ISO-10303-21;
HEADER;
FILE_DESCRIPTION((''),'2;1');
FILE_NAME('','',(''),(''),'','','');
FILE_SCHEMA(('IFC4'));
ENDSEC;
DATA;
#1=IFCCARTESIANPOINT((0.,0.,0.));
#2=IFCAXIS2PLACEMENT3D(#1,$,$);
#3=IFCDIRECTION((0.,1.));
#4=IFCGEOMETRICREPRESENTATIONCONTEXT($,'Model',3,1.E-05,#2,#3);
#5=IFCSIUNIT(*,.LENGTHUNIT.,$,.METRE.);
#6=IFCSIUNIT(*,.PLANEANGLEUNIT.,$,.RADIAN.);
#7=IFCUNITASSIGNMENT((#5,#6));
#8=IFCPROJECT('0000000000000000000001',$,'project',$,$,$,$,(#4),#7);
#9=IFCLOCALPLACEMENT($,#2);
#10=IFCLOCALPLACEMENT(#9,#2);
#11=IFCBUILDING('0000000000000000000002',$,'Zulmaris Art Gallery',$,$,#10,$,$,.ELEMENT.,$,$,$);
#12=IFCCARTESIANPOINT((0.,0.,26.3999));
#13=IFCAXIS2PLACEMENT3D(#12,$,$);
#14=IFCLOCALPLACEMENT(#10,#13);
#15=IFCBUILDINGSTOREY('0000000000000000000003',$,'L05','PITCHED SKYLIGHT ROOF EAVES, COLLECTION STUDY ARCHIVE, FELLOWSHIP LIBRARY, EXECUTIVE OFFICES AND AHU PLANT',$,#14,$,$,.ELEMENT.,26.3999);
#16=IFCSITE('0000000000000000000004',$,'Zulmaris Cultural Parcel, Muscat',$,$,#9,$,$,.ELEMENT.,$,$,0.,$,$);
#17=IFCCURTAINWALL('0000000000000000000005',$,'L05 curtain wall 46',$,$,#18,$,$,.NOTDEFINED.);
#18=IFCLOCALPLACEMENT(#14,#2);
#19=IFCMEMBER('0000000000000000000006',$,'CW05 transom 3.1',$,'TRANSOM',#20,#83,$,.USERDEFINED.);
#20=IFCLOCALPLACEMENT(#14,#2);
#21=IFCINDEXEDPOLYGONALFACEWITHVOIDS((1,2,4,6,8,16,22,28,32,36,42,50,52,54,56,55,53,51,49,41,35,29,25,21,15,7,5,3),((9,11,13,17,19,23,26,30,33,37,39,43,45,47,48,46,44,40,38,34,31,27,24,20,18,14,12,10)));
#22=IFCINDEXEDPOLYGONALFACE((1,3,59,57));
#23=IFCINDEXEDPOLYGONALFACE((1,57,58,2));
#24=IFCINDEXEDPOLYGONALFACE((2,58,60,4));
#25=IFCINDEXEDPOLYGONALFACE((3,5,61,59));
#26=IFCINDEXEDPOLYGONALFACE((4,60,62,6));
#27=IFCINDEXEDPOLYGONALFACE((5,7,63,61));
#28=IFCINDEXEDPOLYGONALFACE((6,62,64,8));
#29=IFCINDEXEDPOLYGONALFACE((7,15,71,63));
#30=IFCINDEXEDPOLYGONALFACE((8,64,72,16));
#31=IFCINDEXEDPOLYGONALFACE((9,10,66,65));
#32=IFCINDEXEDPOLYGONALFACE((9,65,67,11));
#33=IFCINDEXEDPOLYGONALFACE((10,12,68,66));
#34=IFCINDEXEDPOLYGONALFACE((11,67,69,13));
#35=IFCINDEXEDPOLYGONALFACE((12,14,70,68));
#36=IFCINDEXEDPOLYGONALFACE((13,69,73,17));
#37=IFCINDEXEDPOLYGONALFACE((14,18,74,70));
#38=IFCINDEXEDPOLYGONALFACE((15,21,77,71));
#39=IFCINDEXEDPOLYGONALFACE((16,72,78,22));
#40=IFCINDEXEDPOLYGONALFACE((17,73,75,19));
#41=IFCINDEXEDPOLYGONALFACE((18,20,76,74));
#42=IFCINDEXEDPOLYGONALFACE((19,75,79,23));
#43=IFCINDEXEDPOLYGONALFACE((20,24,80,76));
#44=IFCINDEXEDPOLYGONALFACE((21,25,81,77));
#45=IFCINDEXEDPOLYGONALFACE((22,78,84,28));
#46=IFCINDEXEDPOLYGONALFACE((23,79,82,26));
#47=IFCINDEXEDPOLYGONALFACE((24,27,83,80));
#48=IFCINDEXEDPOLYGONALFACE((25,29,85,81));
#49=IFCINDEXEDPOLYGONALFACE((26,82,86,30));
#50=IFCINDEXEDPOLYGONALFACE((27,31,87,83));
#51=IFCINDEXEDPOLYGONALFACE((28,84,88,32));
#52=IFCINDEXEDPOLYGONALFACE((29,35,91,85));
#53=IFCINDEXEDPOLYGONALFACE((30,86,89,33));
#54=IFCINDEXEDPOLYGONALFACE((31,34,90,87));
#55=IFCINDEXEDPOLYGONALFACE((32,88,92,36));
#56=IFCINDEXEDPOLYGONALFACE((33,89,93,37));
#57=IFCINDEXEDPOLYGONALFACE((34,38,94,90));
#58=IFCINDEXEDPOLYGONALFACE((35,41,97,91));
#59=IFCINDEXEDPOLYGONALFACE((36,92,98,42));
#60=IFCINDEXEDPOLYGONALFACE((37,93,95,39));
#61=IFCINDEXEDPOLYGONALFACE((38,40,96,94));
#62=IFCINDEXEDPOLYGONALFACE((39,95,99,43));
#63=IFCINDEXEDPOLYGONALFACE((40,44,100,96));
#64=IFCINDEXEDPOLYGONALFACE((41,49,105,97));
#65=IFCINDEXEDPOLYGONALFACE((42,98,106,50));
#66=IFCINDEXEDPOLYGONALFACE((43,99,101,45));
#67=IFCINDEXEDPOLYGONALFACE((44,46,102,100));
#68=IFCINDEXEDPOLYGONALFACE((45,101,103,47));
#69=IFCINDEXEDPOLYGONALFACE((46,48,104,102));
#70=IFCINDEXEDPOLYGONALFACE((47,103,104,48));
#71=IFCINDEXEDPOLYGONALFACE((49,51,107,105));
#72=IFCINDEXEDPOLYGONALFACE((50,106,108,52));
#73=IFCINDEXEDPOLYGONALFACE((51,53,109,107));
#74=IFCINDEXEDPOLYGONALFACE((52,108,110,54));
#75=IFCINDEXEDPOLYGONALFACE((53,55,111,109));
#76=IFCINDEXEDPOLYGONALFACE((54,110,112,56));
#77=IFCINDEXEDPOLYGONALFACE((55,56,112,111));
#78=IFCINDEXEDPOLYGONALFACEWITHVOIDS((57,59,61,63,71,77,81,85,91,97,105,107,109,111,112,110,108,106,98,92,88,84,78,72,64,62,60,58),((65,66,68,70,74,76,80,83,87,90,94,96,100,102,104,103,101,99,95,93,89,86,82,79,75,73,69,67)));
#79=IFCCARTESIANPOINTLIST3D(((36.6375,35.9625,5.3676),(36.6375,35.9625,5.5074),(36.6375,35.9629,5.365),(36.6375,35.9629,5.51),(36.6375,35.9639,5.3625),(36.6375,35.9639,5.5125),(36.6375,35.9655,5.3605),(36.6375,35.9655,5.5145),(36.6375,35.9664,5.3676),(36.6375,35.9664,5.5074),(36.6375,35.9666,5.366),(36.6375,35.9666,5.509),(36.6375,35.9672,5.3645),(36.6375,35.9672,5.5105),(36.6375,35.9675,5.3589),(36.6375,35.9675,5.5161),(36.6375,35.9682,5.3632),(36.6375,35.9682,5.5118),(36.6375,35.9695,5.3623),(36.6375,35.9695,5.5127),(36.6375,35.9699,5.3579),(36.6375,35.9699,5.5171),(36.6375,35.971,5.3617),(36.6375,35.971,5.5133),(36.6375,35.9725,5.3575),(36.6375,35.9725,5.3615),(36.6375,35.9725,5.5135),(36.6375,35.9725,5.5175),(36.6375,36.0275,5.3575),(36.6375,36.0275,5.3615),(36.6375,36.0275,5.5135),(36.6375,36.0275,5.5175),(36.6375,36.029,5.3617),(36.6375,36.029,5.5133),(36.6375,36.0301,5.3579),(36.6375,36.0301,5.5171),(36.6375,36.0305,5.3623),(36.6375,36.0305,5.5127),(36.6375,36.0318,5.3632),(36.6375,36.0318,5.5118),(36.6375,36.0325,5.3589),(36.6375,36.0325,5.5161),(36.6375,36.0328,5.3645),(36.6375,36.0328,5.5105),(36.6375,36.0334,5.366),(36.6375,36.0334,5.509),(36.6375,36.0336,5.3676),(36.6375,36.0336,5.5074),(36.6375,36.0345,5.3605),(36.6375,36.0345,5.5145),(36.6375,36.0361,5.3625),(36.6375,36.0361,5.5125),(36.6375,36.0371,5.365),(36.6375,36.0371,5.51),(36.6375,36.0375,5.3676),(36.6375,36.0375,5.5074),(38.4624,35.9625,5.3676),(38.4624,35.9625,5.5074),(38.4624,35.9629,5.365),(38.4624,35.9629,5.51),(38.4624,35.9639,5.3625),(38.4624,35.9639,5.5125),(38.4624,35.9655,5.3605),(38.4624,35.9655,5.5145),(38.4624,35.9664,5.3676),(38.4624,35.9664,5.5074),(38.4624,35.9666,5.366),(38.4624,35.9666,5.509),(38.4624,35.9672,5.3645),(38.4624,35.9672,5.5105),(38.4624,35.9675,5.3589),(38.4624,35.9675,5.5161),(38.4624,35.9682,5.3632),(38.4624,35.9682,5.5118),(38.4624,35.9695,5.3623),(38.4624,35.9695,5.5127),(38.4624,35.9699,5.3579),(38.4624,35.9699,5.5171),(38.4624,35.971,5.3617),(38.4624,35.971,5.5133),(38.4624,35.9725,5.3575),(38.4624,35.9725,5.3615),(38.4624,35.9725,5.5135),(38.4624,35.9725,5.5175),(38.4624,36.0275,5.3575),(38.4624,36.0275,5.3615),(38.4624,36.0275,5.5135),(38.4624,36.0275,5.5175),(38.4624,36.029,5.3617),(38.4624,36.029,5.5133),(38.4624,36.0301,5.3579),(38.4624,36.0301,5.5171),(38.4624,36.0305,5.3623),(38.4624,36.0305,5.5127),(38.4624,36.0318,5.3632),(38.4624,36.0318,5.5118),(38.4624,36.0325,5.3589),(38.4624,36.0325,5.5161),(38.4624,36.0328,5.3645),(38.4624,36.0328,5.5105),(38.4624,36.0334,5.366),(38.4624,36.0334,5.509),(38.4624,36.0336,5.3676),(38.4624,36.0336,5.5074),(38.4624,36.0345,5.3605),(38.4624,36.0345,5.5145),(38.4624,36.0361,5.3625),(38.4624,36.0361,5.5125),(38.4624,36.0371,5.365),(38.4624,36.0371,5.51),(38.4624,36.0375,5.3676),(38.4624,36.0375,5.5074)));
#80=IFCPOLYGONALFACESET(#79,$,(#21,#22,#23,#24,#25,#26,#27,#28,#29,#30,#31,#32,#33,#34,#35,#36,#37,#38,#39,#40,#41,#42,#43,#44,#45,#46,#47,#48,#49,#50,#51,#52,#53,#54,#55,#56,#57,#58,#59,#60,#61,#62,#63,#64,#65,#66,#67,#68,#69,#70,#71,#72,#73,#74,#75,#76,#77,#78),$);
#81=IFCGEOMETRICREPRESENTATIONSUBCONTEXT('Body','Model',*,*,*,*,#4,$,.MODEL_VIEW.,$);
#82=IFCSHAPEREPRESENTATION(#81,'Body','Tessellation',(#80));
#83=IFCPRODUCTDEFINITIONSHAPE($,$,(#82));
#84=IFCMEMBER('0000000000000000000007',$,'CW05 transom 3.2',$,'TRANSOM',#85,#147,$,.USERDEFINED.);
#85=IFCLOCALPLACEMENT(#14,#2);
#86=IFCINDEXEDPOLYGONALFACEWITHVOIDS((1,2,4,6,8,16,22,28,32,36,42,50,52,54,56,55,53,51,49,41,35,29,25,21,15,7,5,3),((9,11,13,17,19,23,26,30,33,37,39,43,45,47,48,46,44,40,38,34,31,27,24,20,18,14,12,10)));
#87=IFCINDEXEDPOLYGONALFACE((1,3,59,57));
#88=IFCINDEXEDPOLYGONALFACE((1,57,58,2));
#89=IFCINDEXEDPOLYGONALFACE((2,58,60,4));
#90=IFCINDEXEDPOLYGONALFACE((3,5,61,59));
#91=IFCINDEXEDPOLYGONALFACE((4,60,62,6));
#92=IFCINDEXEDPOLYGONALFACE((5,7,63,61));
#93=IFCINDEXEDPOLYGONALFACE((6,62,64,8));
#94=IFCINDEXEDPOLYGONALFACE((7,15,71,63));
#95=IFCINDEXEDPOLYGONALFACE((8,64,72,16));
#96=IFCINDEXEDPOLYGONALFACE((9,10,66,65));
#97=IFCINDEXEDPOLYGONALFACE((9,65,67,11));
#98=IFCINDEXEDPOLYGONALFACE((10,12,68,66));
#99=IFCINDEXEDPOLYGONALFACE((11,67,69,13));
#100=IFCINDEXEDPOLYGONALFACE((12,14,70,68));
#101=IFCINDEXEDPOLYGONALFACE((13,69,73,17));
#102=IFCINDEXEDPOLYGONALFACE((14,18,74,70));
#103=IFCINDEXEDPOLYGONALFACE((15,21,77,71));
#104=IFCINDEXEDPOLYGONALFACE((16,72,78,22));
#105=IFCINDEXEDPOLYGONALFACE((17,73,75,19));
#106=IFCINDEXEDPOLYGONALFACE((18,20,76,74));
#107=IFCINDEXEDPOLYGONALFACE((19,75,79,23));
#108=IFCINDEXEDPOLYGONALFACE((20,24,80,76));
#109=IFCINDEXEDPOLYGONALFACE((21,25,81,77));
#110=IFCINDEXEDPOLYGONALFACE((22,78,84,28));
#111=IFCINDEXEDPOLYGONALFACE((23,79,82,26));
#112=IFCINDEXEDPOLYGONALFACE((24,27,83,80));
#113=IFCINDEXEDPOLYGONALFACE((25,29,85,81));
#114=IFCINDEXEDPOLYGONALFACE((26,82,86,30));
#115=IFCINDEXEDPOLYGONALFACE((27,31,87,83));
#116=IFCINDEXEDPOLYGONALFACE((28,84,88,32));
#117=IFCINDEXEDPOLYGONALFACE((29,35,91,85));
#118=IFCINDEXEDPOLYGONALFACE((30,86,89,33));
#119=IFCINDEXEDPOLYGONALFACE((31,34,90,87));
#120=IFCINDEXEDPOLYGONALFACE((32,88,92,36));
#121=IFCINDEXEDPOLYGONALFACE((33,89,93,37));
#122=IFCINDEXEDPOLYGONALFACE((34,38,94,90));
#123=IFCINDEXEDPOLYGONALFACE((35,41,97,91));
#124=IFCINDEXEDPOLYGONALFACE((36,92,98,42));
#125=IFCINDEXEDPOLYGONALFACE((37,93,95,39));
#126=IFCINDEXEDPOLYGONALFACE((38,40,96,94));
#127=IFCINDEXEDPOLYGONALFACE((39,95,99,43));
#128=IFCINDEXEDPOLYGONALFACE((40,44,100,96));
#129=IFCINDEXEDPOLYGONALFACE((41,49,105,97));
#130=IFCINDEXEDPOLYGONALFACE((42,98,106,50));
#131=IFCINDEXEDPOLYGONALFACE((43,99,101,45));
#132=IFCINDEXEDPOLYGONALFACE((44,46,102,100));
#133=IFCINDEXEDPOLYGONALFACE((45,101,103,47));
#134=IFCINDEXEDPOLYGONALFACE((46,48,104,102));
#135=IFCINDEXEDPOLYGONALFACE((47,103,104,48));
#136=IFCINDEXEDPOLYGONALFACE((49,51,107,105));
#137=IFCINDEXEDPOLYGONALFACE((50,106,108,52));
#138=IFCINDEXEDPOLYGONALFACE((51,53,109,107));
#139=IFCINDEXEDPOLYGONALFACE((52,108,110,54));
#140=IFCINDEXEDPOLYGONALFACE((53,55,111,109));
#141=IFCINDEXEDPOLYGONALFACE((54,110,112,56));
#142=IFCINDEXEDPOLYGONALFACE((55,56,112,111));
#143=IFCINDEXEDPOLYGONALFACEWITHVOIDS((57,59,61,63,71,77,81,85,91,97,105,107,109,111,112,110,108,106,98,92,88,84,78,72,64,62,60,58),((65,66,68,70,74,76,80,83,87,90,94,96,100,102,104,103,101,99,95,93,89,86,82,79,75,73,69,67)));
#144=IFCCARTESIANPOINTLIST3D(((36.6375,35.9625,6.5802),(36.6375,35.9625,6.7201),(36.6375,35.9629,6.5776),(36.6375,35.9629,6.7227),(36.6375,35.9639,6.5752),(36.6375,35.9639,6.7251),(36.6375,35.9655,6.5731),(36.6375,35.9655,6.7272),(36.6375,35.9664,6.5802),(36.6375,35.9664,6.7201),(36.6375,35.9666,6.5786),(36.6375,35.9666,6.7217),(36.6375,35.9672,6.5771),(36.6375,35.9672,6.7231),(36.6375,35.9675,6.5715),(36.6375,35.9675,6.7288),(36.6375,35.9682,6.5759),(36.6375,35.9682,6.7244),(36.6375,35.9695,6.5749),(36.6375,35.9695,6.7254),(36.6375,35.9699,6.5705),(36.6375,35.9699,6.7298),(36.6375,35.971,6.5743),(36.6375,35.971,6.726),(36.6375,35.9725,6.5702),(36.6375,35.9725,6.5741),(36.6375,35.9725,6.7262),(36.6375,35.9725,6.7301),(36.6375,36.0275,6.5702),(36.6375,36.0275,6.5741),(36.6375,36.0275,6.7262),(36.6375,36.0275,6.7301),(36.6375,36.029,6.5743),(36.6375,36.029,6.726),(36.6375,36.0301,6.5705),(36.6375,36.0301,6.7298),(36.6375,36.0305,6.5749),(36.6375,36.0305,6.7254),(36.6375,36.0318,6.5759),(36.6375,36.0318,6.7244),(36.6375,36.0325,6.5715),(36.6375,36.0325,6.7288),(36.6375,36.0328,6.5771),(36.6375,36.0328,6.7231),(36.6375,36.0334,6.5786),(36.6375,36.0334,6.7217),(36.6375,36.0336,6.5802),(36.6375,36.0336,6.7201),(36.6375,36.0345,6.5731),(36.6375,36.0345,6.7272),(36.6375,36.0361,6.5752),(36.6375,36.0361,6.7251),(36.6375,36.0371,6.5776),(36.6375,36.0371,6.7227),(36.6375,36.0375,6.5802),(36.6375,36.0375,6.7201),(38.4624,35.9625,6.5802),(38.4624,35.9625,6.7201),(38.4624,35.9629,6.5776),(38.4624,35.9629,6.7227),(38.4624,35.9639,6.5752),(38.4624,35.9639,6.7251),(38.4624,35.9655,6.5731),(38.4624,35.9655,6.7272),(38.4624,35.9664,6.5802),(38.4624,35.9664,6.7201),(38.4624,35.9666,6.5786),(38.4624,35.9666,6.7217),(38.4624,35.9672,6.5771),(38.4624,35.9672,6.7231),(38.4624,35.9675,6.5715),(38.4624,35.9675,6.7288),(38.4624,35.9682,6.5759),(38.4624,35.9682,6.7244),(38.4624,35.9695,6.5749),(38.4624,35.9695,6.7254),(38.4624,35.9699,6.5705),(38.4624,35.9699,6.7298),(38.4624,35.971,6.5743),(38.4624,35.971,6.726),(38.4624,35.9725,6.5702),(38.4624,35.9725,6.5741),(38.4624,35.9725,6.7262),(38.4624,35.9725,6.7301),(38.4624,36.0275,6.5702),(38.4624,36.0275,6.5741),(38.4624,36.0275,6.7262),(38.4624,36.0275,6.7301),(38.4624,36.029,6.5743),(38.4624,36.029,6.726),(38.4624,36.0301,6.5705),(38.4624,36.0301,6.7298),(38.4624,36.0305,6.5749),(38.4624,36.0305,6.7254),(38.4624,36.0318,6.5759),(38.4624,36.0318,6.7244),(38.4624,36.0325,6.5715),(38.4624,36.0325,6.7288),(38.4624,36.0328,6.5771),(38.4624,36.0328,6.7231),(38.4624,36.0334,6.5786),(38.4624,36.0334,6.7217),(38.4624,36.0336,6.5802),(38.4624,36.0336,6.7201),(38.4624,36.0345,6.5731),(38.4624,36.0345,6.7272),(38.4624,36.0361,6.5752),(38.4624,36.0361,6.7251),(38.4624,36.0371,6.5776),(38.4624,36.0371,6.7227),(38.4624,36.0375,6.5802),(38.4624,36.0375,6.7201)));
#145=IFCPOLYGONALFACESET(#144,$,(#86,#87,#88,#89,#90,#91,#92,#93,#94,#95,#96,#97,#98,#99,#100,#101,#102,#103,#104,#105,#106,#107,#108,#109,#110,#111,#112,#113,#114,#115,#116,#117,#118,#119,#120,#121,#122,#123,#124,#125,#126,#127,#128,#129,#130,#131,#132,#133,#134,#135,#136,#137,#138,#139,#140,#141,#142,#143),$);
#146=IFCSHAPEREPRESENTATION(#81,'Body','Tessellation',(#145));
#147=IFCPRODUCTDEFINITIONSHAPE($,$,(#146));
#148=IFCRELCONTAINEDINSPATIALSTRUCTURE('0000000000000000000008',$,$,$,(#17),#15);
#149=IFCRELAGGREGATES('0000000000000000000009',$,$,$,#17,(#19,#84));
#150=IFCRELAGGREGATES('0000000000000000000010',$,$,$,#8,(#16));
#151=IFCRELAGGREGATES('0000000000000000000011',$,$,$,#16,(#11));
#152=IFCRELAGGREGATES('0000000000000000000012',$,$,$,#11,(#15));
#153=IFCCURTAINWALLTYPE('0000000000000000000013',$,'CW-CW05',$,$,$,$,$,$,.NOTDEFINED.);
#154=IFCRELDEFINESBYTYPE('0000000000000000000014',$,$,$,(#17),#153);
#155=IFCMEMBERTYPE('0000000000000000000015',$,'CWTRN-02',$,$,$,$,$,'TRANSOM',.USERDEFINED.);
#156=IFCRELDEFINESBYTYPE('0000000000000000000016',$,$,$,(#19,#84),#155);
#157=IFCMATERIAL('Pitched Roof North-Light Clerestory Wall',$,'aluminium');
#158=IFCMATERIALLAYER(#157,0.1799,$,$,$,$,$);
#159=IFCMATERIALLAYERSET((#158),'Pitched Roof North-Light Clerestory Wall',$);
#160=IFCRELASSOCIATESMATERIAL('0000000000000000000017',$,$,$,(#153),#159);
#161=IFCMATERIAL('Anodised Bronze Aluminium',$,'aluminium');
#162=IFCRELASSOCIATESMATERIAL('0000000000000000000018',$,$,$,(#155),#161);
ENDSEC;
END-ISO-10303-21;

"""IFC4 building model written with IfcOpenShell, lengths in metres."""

from ifc_helpers import new_model, si_unit, direction, frame, origin, origin_2d, place, context, subcontext, project, spatial, hollow_rectangle, extrude, material, layer, layer_set, material_profile, profile_set, type_object, element, aggregate, save


model = new_model("IFC4")

# Units and contexts
model_context = context("Model", 3, precision=1e-05, world=origin(), true_north=direction((0.0, 1.0)))
body_context = subcontext(model_context, "Body", "Model", "MODEL_VIEW")
ifc_project = project(units=[si_unit("LENGTHUNIT", "METRE"), si_unit("PLANEANGLEUNIT", "RADIAN")], contexts=[model_context])

# Site, building, storey
site_placement = place(None, origin())
site = spatial("IfcSite", under=ifc_project, at=site_placement, Name="Zulmaris Cultural Parcel, Muscat", CompositionType="ELEMENT", RefElevation=0.0)
building_placement = place(site_placement, origin())
building = spatial("IfcBuilding", under=site, at=building_placement, Name="Zulmaris Art Gallery", CompositionType="ELEMENT")
storey_placement = place(building_placement, frame((0.0, 0.0, 26.3999)))
storey = spatial("IfcBuildingStorey", under=building, at=storey_placement, Name="L05", Description="PITCHED SKYLIGHT ROOF EAVES, COLLECTION STUDY ARCHIVE, FELLOWSHIP LIBRARY, EXECUTIVE OFFICES AND AHU PLANT", CompositionType="ELEMENT", Elevation=26.3999)

# Curtain wall, members
ifc_material_1 = material(Name="Pitched Roof North-Light Clerestory Wall", Category="aluminium")
ifc_layer_1 = layer(ifc_material_1, 0.1799)
ifc_layer_set_1 = layer_set([ifc_layer_1], Name="Pitched Roof North-Light Clerestory Wall")
curtain_wall_type = type_object("IfcCurtainWallType", Name="CW-CW05", PredefinedType="NOTDEFINED", material=ifc_layer_set_1)
curtain_wall_placement = place(storey_placement, origin())
curtain_wall = element("IfcCurtainWall", 1, at=curtain_wall_placement, inside=storey, type_object=curtain_wall_type, Name="L05 curtain wall 46", PredefinedType="NOTDEFINED")
ifc_material_2 = material(Name="Anodised Bronze Aluminium", Category="aluminium")
ifc_material_profile_1 = material_profile(ifc_material_2, hollow_rectangle(XDim=0.075, YDim=0.1599, WallThickness=0.0039, InnerFilletRadius=0.0061, OuterFilletRadius=0.01, at=origin_2d()), Name="ALU 75x160x4")
ifc_profile_set_1 = profile_set([ifc_material_profile_1], Name="Anodised Bronze Aluminium")
member_type_1 = type_object("IfcMemberType", Name="CWTRN-02", ElementType="TRANSOM", PredefinedType="USERDEFINED", material=ifc_profile_set_1)
member_1_placement = place(storey_placement, frame((36.6375, 36.0, 5.4375), z_axis=(1.0, 0.0, 0.0), x_axis=(0.0, 1.0, 0.0)))
member_1 = element("IfcMember", 2, at=member_1_placement, type_object=member_type_1, Name="CW05 transom 3.1", ObjectType="TRANSOM", PredefinedType="USERDEFINED", context=body_context, shape_type="SweptSolid", body=[
    extrude(hollow_rectangle(XDim=0.075, YDim=0.1599, WallThickness=0.0039, InnerFilletRadius=0.0061, OuterFilletRadius=0.01, at=origin_2d()), origin(), (0.0, 0.0, 1.0), 1.825),
])
member_2_placement = place(storey_placement, frame((36.6375, 36.0, 6.6501), z_axis=(1.0, 0.0, 0.0), x_axis=(0.0, 1.0, 0.0)))
member_2 = element("IfcMember", 3, at=member_2_placement, type_object=member_type_1, Name="CW05 transom 3.2", ObjectType="TRANSOM", PredefinedType="USERDEFINED", context=body_context, shape_type="SweptSolid", body=[
    extrude(hollow_rectangle(XDim=0.075, YDim=0.1599, WallThickness=0.0039, InnerFilletRadius=0.0061, OuterFilletRadius=0.01, at=origin_2d()), origin(), (0.0, 0.0, 1.0), 1.825),
])

aggregate(curtain_wall, [member_1, member_2])

save(model, "model.ifc")
